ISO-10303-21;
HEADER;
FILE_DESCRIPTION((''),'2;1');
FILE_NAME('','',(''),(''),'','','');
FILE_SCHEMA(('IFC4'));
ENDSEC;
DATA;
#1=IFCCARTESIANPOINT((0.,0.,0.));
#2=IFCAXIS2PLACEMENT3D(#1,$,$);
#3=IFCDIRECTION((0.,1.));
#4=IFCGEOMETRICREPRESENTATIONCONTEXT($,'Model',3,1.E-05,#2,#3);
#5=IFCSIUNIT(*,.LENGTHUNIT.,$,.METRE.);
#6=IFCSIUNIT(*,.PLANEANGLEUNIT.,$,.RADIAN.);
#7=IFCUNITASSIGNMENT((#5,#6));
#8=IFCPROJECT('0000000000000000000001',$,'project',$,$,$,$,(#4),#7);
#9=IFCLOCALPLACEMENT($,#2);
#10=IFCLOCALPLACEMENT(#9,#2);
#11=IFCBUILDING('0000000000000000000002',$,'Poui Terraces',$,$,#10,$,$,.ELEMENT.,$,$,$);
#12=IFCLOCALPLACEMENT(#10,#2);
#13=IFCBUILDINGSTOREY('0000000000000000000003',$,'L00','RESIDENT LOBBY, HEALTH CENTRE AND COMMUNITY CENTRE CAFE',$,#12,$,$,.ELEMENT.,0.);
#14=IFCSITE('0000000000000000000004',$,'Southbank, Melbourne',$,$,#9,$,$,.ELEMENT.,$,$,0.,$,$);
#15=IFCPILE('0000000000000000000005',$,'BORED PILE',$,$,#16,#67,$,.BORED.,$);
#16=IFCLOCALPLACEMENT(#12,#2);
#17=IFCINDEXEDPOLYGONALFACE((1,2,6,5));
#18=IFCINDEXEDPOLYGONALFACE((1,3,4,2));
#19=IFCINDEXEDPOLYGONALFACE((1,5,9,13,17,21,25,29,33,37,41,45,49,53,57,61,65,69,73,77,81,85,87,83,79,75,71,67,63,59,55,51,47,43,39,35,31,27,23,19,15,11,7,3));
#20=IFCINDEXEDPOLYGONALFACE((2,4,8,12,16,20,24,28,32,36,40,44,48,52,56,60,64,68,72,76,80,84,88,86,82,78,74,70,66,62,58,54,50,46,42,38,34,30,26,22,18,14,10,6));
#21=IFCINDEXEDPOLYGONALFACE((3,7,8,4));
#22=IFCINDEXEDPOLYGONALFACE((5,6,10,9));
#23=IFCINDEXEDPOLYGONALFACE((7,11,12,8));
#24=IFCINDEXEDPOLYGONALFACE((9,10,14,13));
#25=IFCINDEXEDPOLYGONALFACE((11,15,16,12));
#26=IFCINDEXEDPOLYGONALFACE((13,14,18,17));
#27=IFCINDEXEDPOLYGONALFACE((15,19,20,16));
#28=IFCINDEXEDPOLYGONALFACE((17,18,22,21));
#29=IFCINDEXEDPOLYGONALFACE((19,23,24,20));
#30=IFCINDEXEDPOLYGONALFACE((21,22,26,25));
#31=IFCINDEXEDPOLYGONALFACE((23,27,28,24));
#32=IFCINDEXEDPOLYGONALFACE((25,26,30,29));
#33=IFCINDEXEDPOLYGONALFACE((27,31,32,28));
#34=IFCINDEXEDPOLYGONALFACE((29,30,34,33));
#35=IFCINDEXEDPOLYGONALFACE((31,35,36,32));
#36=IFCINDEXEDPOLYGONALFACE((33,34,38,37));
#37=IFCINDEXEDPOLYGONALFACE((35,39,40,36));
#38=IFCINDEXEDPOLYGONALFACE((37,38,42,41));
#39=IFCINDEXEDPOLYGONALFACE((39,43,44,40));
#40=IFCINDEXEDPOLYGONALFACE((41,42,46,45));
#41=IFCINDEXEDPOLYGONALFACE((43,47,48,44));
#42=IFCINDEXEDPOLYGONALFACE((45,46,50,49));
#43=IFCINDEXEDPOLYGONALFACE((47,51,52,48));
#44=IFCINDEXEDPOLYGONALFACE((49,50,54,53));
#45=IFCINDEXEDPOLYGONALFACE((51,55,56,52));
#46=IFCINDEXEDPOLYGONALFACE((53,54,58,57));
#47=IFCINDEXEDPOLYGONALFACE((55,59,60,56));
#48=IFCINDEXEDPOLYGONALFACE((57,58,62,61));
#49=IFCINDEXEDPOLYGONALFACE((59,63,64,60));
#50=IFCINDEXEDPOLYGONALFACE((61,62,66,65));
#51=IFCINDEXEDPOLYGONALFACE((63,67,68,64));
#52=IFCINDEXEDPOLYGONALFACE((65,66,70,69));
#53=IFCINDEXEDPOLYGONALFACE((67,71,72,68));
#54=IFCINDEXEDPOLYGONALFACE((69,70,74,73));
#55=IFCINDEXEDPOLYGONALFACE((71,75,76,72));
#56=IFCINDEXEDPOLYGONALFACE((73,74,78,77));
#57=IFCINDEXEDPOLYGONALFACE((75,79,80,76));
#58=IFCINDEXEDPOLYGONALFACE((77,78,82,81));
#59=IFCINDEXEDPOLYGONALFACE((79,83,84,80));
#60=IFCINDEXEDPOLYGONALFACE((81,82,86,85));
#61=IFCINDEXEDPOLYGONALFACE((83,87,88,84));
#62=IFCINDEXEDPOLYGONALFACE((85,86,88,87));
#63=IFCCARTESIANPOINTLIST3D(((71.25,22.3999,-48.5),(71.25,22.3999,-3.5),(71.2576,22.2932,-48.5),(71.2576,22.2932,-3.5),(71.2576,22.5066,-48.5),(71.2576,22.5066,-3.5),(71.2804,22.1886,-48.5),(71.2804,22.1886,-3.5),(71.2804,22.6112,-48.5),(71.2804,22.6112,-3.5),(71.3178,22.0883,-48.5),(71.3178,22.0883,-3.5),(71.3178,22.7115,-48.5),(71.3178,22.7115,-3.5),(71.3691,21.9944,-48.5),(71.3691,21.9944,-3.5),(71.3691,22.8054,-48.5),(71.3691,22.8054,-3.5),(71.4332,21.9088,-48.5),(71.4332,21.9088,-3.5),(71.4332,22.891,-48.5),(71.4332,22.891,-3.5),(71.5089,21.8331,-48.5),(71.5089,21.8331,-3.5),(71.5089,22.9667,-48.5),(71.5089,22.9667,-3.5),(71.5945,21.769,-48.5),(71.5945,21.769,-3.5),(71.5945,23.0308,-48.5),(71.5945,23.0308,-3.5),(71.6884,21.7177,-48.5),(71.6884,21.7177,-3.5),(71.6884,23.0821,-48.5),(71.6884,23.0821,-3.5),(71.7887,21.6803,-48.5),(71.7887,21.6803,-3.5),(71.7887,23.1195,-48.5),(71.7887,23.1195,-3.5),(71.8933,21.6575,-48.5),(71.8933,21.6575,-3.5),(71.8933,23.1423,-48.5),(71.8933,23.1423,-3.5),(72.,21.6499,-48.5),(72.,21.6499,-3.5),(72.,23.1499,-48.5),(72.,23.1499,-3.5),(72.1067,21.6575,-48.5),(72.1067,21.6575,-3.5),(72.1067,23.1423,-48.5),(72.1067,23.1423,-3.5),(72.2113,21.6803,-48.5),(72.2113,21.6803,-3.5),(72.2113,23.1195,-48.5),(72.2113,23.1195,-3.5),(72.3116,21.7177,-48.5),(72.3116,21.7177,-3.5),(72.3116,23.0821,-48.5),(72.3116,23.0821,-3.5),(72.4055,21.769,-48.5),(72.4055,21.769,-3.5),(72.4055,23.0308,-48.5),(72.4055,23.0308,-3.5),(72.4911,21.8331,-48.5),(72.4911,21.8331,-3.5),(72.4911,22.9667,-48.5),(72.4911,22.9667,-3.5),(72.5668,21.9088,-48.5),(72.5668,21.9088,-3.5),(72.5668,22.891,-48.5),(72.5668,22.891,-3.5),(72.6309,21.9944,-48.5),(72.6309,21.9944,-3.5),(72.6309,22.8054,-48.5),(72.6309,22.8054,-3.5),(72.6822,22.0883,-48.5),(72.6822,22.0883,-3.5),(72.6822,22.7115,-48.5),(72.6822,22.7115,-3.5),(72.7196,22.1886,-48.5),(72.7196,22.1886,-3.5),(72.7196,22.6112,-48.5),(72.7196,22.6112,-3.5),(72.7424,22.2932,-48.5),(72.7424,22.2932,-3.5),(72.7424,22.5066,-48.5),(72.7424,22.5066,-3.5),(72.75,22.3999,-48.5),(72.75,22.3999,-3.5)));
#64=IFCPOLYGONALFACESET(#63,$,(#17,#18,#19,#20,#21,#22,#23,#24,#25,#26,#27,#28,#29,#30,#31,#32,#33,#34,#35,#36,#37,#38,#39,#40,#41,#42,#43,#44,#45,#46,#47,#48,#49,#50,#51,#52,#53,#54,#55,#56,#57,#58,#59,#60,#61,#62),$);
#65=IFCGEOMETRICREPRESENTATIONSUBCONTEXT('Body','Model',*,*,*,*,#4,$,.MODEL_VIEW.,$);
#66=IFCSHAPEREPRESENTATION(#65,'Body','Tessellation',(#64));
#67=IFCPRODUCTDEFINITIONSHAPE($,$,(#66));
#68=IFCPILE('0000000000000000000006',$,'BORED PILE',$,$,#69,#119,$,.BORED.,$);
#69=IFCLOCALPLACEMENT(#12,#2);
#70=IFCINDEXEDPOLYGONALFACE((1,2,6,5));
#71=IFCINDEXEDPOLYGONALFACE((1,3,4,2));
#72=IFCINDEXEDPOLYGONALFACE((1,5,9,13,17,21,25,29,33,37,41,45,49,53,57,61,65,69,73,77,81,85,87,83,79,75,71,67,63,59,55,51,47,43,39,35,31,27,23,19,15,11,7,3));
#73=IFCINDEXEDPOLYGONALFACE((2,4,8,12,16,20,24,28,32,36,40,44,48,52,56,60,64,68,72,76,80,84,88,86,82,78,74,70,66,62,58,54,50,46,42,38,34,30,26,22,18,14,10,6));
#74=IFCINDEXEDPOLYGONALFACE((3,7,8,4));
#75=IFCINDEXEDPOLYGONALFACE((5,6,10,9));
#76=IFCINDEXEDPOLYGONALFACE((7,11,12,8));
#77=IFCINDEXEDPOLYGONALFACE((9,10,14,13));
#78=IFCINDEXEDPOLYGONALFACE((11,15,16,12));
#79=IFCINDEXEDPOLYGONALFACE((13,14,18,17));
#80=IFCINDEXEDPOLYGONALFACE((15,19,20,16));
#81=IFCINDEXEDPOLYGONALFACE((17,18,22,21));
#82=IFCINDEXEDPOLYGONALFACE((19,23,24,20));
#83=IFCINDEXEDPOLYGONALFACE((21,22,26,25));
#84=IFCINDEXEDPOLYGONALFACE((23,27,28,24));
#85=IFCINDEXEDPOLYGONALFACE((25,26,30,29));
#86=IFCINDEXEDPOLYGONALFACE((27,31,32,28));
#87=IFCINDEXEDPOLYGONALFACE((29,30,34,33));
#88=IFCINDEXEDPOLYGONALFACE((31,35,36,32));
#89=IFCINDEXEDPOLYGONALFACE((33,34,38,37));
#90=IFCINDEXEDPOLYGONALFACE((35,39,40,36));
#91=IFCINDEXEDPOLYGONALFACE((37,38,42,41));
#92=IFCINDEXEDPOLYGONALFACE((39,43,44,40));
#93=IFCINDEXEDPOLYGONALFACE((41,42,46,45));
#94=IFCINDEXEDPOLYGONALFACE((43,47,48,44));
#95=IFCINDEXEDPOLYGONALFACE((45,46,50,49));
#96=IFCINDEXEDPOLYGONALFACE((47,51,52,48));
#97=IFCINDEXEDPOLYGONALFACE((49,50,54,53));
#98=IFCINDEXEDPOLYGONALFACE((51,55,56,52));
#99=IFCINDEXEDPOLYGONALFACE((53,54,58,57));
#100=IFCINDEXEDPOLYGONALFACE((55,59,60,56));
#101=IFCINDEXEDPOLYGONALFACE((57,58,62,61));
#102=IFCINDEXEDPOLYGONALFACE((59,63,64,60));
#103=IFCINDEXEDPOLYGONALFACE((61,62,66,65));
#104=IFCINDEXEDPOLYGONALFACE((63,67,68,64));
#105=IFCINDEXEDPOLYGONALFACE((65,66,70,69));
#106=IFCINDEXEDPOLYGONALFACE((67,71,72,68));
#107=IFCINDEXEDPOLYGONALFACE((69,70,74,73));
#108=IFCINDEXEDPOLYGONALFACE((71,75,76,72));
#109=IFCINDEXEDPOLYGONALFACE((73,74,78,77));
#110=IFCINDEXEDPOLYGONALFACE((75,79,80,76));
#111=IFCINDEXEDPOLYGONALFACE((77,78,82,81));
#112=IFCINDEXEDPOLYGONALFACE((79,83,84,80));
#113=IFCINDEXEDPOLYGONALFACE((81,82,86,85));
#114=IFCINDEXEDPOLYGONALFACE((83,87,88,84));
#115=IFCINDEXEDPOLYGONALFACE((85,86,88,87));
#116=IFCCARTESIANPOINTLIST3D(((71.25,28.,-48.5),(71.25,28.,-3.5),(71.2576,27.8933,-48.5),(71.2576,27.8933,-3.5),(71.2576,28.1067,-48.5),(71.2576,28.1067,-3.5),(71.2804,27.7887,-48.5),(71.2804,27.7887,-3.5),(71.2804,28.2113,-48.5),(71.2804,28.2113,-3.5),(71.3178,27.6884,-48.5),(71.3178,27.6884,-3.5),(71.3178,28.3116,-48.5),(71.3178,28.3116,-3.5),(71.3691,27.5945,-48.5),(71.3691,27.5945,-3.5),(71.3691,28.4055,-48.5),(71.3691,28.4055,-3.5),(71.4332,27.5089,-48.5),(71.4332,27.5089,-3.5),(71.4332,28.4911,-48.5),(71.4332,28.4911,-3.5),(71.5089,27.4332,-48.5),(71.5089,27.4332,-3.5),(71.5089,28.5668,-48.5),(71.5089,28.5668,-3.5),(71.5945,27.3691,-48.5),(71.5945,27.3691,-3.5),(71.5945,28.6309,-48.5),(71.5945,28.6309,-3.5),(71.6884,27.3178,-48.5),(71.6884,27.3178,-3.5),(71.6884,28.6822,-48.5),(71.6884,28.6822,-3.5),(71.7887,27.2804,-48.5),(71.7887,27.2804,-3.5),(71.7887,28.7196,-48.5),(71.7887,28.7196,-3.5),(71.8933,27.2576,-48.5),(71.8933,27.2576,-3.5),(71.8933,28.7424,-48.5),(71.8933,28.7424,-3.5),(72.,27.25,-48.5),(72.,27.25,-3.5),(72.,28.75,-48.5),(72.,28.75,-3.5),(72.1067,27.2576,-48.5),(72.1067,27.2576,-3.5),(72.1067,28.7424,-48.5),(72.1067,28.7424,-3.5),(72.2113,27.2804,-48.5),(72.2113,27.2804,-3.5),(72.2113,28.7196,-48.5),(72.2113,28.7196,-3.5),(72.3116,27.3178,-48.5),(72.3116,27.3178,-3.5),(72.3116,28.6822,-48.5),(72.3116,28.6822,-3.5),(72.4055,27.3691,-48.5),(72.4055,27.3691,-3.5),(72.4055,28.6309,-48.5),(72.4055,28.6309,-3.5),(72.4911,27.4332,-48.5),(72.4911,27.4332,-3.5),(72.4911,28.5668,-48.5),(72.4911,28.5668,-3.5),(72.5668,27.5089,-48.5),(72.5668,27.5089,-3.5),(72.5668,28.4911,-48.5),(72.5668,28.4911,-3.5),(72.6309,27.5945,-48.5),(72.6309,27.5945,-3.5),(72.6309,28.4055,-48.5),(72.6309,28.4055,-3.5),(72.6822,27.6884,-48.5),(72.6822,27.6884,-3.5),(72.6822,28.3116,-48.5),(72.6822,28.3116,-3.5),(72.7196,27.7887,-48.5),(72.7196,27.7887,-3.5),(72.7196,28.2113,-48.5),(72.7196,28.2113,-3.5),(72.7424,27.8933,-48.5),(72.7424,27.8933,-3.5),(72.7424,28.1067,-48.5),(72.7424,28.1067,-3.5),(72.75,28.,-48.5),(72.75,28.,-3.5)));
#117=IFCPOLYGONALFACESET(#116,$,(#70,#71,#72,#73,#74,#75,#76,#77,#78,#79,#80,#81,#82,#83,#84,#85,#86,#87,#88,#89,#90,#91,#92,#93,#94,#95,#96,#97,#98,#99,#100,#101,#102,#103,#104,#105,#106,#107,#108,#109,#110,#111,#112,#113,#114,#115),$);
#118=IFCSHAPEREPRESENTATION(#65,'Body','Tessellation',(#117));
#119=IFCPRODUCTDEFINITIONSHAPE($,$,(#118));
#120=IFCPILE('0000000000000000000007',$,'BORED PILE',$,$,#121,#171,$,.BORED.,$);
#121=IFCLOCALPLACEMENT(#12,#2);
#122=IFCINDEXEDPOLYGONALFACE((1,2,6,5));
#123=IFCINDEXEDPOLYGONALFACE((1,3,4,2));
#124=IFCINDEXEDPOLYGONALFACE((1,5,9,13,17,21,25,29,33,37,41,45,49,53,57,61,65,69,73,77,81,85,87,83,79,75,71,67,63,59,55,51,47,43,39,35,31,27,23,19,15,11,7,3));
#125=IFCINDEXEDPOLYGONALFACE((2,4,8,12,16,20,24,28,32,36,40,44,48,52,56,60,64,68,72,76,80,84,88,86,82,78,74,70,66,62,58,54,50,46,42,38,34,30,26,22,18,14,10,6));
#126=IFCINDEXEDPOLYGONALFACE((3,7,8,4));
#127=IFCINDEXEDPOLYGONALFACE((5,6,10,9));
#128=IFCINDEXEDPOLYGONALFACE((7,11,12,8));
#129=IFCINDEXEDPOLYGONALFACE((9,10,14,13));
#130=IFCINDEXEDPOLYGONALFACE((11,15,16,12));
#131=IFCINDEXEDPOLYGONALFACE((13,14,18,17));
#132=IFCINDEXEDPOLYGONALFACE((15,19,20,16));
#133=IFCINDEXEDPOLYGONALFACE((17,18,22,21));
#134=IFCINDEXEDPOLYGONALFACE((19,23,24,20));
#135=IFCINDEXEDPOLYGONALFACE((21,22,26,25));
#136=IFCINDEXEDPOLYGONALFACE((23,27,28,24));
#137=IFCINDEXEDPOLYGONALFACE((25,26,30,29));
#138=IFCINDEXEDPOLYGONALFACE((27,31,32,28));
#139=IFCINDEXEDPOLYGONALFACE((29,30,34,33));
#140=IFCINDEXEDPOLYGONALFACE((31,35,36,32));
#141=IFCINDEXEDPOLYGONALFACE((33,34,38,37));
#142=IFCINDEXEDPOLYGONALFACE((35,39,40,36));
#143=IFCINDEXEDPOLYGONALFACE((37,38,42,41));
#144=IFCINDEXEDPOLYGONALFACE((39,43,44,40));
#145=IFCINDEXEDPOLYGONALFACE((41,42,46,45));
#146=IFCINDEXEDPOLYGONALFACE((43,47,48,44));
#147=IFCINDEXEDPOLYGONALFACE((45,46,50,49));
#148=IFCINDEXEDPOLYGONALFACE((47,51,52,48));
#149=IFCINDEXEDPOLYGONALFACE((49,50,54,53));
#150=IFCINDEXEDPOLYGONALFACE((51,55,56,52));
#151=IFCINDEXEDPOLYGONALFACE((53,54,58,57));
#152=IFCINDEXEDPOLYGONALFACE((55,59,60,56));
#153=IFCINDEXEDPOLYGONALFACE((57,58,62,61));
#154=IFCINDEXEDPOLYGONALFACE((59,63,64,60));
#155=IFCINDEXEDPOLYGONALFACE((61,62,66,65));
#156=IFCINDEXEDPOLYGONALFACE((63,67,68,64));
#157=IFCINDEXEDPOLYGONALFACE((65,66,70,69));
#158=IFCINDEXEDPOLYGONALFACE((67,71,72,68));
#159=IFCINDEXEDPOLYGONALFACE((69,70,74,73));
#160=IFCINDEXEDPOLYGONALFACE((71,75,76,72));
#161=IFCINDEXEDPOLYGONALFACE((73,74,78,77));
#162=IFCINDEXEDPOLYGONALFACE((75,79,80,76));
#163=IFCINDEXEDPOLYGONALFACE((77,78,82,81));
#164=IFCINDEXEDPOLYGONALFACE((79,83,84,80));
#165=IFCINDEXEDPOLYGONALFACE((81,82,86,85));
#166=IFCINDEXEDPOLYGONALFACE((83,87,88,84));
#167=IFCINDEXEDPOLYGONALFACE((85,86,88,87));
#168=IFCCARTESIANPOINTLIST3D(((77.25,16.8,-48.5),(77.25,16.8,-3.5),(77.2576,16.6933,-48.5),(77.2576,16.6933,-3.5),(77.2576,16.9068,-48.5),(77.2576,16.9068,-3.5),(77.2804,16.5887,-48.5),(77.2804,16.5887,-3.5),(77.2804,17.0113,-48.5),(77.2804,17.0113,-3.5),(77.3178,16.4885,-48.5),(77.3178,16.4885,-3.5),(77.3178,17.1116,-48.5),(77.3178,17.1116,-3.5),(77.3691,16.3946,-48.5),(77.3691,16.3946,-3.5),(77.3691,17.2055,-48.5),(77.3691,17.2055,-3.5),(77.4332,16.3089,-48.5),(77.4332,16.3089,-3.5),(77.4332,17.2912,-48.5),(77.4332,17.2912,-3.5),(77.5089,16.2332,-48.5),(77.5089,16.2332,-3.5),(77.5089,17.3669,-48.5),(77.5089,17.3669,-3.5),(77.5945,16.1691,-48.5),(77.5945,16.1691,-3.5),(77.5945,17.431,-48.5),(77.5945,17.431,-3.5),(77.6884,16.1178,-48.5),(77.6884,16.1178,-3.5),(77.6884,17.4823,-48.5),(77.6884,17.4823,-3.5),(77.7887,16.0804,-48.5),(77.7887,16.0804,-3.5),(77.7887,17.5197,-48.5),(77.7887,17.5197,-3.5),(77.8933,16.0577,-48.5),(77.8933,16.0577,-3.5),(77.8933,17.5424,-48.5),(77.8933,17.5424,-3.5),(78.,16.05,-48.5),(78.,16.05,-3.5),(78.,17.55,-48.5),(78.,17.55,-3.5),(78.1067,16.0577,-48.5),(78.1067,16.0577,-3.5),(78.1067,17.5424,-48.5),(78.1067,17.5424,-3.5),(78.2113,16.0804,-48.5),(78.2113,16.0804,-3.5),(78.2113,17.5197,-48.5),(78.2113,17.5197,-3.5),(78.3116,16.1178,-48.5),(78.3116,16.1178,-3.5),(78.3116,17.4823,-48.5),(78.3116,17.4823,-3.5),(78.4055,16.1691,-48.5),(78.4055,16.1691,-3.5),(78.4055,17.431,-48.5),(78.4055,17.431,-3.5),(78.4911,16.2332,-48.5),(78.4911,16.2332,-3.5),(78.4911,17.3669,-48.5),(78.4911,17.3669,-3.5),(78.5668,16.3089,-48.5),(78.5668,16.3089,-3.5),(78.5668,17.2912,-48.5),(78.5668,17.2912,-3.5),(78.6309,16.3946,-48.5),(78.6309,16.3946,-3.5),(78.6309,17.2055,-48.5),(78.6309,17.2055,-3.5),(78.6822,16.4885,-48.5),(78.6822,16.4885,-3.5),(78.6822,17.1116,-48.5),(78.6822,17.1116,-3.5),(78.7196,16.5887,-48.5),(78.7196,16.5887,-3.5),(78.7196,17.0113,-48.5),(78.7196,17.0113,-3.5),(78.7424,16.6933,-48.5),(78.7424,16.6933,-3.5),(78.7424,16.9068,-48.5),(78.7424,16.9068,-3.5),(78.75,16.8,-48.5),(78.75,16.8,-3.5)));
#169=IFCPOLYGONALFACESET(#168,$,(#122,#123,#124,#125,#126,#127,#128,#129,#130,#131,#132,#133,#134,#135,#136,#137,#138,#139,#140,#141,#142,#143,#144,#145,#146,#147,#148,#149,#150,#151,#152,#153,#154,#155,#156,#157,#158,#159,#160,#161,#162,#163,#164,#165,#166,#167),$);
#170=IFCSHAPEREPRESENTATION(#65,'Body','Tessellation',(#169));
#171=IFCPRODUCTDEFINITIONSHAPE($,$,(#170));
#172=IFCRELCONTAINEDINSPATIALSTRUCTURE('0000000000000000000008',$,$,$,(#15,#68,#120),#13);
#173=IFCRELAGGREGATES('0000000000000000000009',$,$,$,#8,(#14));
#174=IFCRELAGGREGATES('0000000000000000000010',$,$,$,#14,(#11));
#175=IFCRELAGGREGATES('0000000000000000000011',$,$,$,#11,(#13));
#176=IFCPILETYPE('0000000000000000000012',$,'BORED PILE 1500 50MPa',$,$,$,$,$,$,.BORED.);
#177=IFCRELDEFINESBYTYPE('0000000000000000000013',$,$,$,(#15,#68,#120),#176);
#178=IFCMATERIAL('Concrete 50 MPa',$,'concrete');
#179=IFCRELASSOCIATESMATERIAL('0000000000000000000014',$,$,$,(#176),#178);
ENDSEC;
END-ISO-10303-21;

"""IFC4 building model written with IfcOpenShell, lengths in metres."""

from ifc_helpers import new_model, si_unit, direction, frame, origin, origin_2d, place, context, subcontext, project, spatial, circle, extrude, material, material_profile, profile_set, type_object, element, save


model = new_model("IFC4")

# Units and contexts
model_context = context("Model", 3, precision=1e-05, world=origin(), true_north=direction((0.0, 1.0)))
body_context = subcontext(model_context, "Body", "Model", "MODEL_VIEW")
ifc_project = project(units=[si_unit("LENGTHUNIT", "METRE"), si_unit("PLANEANGLEUNIT", "RADIAN")], contexts=[model_context])

# Site, building, storey
site_placement = place(None, origin())
site = spatial("IfcSite", under=ifc_project, at=site_placement, Name="Southbank, Melbourne", CompositionType="ELEMENT", RefElevation=0.0)
building_placement = place(site_placement, origin())
building = spatial("IfcBuilding", under=site, at=building_placement, Name="Poui Terraces", CompositionType="ELEMENT")
storey_placement = place(building_placement, origin())
storey = spatial("IfcBuildingStorey", under=building, at=storey_placement, Name="L00", Description="RESIDENT LOBBY, HEALTH CENTRE AND COMMUNITY CENTRE CAFE", CompositionType="ELEMENT", Elevation=0.0)

# Piles
ifc_material_1 = material(Name="Concrete 50 MPa", Category="concrete")
ifc_material_profile = material_profile(ifc_material_1, circle(Radius=0.75, at=origin_2d()), Name="RC D1500")
ifc_profile_set = profile_set([ifc_material_profile], Name="Concrete 50 MPa")
pile_type = type_object("IfcPileType", Name="BORED PILE 1500 50MPa", PredefinedType="BORED", material=ifc_profile_set)
for number, where, z_axis, x_axis, name in (
    (1, (72.0, 22.3999, -3.5), (0.0, 0.0, -1.0), (1.0, 0.0, 0.0), "BORED PILE"),
    (2, (72.0, 28.0, -3.5), (0.0, 0.0, -1.0), (1.0, 0.0, 0.0), "BORED PILE"),
    (3, (78.0, 16.8, -3.5), (0.0, 0.0, -1.0), (1.0, 0.0, 0.0), "BORED PILE"),
):
    element("IfcPile", number, at=place(storey_placement, frame(where, z_axis=z_axis, x_axis=x_axis)), inside=storey, type_object=pile_type, Name=name, PredefinedType="BORED", context=body_context, shape_type="SweptSolid", body=[
        extrude(circle(Radius=0.75, at=origin_2d()), origin(), (0.0, 0.0, 1.0), 45.0),
    ])

save(model, "model.ifc")
